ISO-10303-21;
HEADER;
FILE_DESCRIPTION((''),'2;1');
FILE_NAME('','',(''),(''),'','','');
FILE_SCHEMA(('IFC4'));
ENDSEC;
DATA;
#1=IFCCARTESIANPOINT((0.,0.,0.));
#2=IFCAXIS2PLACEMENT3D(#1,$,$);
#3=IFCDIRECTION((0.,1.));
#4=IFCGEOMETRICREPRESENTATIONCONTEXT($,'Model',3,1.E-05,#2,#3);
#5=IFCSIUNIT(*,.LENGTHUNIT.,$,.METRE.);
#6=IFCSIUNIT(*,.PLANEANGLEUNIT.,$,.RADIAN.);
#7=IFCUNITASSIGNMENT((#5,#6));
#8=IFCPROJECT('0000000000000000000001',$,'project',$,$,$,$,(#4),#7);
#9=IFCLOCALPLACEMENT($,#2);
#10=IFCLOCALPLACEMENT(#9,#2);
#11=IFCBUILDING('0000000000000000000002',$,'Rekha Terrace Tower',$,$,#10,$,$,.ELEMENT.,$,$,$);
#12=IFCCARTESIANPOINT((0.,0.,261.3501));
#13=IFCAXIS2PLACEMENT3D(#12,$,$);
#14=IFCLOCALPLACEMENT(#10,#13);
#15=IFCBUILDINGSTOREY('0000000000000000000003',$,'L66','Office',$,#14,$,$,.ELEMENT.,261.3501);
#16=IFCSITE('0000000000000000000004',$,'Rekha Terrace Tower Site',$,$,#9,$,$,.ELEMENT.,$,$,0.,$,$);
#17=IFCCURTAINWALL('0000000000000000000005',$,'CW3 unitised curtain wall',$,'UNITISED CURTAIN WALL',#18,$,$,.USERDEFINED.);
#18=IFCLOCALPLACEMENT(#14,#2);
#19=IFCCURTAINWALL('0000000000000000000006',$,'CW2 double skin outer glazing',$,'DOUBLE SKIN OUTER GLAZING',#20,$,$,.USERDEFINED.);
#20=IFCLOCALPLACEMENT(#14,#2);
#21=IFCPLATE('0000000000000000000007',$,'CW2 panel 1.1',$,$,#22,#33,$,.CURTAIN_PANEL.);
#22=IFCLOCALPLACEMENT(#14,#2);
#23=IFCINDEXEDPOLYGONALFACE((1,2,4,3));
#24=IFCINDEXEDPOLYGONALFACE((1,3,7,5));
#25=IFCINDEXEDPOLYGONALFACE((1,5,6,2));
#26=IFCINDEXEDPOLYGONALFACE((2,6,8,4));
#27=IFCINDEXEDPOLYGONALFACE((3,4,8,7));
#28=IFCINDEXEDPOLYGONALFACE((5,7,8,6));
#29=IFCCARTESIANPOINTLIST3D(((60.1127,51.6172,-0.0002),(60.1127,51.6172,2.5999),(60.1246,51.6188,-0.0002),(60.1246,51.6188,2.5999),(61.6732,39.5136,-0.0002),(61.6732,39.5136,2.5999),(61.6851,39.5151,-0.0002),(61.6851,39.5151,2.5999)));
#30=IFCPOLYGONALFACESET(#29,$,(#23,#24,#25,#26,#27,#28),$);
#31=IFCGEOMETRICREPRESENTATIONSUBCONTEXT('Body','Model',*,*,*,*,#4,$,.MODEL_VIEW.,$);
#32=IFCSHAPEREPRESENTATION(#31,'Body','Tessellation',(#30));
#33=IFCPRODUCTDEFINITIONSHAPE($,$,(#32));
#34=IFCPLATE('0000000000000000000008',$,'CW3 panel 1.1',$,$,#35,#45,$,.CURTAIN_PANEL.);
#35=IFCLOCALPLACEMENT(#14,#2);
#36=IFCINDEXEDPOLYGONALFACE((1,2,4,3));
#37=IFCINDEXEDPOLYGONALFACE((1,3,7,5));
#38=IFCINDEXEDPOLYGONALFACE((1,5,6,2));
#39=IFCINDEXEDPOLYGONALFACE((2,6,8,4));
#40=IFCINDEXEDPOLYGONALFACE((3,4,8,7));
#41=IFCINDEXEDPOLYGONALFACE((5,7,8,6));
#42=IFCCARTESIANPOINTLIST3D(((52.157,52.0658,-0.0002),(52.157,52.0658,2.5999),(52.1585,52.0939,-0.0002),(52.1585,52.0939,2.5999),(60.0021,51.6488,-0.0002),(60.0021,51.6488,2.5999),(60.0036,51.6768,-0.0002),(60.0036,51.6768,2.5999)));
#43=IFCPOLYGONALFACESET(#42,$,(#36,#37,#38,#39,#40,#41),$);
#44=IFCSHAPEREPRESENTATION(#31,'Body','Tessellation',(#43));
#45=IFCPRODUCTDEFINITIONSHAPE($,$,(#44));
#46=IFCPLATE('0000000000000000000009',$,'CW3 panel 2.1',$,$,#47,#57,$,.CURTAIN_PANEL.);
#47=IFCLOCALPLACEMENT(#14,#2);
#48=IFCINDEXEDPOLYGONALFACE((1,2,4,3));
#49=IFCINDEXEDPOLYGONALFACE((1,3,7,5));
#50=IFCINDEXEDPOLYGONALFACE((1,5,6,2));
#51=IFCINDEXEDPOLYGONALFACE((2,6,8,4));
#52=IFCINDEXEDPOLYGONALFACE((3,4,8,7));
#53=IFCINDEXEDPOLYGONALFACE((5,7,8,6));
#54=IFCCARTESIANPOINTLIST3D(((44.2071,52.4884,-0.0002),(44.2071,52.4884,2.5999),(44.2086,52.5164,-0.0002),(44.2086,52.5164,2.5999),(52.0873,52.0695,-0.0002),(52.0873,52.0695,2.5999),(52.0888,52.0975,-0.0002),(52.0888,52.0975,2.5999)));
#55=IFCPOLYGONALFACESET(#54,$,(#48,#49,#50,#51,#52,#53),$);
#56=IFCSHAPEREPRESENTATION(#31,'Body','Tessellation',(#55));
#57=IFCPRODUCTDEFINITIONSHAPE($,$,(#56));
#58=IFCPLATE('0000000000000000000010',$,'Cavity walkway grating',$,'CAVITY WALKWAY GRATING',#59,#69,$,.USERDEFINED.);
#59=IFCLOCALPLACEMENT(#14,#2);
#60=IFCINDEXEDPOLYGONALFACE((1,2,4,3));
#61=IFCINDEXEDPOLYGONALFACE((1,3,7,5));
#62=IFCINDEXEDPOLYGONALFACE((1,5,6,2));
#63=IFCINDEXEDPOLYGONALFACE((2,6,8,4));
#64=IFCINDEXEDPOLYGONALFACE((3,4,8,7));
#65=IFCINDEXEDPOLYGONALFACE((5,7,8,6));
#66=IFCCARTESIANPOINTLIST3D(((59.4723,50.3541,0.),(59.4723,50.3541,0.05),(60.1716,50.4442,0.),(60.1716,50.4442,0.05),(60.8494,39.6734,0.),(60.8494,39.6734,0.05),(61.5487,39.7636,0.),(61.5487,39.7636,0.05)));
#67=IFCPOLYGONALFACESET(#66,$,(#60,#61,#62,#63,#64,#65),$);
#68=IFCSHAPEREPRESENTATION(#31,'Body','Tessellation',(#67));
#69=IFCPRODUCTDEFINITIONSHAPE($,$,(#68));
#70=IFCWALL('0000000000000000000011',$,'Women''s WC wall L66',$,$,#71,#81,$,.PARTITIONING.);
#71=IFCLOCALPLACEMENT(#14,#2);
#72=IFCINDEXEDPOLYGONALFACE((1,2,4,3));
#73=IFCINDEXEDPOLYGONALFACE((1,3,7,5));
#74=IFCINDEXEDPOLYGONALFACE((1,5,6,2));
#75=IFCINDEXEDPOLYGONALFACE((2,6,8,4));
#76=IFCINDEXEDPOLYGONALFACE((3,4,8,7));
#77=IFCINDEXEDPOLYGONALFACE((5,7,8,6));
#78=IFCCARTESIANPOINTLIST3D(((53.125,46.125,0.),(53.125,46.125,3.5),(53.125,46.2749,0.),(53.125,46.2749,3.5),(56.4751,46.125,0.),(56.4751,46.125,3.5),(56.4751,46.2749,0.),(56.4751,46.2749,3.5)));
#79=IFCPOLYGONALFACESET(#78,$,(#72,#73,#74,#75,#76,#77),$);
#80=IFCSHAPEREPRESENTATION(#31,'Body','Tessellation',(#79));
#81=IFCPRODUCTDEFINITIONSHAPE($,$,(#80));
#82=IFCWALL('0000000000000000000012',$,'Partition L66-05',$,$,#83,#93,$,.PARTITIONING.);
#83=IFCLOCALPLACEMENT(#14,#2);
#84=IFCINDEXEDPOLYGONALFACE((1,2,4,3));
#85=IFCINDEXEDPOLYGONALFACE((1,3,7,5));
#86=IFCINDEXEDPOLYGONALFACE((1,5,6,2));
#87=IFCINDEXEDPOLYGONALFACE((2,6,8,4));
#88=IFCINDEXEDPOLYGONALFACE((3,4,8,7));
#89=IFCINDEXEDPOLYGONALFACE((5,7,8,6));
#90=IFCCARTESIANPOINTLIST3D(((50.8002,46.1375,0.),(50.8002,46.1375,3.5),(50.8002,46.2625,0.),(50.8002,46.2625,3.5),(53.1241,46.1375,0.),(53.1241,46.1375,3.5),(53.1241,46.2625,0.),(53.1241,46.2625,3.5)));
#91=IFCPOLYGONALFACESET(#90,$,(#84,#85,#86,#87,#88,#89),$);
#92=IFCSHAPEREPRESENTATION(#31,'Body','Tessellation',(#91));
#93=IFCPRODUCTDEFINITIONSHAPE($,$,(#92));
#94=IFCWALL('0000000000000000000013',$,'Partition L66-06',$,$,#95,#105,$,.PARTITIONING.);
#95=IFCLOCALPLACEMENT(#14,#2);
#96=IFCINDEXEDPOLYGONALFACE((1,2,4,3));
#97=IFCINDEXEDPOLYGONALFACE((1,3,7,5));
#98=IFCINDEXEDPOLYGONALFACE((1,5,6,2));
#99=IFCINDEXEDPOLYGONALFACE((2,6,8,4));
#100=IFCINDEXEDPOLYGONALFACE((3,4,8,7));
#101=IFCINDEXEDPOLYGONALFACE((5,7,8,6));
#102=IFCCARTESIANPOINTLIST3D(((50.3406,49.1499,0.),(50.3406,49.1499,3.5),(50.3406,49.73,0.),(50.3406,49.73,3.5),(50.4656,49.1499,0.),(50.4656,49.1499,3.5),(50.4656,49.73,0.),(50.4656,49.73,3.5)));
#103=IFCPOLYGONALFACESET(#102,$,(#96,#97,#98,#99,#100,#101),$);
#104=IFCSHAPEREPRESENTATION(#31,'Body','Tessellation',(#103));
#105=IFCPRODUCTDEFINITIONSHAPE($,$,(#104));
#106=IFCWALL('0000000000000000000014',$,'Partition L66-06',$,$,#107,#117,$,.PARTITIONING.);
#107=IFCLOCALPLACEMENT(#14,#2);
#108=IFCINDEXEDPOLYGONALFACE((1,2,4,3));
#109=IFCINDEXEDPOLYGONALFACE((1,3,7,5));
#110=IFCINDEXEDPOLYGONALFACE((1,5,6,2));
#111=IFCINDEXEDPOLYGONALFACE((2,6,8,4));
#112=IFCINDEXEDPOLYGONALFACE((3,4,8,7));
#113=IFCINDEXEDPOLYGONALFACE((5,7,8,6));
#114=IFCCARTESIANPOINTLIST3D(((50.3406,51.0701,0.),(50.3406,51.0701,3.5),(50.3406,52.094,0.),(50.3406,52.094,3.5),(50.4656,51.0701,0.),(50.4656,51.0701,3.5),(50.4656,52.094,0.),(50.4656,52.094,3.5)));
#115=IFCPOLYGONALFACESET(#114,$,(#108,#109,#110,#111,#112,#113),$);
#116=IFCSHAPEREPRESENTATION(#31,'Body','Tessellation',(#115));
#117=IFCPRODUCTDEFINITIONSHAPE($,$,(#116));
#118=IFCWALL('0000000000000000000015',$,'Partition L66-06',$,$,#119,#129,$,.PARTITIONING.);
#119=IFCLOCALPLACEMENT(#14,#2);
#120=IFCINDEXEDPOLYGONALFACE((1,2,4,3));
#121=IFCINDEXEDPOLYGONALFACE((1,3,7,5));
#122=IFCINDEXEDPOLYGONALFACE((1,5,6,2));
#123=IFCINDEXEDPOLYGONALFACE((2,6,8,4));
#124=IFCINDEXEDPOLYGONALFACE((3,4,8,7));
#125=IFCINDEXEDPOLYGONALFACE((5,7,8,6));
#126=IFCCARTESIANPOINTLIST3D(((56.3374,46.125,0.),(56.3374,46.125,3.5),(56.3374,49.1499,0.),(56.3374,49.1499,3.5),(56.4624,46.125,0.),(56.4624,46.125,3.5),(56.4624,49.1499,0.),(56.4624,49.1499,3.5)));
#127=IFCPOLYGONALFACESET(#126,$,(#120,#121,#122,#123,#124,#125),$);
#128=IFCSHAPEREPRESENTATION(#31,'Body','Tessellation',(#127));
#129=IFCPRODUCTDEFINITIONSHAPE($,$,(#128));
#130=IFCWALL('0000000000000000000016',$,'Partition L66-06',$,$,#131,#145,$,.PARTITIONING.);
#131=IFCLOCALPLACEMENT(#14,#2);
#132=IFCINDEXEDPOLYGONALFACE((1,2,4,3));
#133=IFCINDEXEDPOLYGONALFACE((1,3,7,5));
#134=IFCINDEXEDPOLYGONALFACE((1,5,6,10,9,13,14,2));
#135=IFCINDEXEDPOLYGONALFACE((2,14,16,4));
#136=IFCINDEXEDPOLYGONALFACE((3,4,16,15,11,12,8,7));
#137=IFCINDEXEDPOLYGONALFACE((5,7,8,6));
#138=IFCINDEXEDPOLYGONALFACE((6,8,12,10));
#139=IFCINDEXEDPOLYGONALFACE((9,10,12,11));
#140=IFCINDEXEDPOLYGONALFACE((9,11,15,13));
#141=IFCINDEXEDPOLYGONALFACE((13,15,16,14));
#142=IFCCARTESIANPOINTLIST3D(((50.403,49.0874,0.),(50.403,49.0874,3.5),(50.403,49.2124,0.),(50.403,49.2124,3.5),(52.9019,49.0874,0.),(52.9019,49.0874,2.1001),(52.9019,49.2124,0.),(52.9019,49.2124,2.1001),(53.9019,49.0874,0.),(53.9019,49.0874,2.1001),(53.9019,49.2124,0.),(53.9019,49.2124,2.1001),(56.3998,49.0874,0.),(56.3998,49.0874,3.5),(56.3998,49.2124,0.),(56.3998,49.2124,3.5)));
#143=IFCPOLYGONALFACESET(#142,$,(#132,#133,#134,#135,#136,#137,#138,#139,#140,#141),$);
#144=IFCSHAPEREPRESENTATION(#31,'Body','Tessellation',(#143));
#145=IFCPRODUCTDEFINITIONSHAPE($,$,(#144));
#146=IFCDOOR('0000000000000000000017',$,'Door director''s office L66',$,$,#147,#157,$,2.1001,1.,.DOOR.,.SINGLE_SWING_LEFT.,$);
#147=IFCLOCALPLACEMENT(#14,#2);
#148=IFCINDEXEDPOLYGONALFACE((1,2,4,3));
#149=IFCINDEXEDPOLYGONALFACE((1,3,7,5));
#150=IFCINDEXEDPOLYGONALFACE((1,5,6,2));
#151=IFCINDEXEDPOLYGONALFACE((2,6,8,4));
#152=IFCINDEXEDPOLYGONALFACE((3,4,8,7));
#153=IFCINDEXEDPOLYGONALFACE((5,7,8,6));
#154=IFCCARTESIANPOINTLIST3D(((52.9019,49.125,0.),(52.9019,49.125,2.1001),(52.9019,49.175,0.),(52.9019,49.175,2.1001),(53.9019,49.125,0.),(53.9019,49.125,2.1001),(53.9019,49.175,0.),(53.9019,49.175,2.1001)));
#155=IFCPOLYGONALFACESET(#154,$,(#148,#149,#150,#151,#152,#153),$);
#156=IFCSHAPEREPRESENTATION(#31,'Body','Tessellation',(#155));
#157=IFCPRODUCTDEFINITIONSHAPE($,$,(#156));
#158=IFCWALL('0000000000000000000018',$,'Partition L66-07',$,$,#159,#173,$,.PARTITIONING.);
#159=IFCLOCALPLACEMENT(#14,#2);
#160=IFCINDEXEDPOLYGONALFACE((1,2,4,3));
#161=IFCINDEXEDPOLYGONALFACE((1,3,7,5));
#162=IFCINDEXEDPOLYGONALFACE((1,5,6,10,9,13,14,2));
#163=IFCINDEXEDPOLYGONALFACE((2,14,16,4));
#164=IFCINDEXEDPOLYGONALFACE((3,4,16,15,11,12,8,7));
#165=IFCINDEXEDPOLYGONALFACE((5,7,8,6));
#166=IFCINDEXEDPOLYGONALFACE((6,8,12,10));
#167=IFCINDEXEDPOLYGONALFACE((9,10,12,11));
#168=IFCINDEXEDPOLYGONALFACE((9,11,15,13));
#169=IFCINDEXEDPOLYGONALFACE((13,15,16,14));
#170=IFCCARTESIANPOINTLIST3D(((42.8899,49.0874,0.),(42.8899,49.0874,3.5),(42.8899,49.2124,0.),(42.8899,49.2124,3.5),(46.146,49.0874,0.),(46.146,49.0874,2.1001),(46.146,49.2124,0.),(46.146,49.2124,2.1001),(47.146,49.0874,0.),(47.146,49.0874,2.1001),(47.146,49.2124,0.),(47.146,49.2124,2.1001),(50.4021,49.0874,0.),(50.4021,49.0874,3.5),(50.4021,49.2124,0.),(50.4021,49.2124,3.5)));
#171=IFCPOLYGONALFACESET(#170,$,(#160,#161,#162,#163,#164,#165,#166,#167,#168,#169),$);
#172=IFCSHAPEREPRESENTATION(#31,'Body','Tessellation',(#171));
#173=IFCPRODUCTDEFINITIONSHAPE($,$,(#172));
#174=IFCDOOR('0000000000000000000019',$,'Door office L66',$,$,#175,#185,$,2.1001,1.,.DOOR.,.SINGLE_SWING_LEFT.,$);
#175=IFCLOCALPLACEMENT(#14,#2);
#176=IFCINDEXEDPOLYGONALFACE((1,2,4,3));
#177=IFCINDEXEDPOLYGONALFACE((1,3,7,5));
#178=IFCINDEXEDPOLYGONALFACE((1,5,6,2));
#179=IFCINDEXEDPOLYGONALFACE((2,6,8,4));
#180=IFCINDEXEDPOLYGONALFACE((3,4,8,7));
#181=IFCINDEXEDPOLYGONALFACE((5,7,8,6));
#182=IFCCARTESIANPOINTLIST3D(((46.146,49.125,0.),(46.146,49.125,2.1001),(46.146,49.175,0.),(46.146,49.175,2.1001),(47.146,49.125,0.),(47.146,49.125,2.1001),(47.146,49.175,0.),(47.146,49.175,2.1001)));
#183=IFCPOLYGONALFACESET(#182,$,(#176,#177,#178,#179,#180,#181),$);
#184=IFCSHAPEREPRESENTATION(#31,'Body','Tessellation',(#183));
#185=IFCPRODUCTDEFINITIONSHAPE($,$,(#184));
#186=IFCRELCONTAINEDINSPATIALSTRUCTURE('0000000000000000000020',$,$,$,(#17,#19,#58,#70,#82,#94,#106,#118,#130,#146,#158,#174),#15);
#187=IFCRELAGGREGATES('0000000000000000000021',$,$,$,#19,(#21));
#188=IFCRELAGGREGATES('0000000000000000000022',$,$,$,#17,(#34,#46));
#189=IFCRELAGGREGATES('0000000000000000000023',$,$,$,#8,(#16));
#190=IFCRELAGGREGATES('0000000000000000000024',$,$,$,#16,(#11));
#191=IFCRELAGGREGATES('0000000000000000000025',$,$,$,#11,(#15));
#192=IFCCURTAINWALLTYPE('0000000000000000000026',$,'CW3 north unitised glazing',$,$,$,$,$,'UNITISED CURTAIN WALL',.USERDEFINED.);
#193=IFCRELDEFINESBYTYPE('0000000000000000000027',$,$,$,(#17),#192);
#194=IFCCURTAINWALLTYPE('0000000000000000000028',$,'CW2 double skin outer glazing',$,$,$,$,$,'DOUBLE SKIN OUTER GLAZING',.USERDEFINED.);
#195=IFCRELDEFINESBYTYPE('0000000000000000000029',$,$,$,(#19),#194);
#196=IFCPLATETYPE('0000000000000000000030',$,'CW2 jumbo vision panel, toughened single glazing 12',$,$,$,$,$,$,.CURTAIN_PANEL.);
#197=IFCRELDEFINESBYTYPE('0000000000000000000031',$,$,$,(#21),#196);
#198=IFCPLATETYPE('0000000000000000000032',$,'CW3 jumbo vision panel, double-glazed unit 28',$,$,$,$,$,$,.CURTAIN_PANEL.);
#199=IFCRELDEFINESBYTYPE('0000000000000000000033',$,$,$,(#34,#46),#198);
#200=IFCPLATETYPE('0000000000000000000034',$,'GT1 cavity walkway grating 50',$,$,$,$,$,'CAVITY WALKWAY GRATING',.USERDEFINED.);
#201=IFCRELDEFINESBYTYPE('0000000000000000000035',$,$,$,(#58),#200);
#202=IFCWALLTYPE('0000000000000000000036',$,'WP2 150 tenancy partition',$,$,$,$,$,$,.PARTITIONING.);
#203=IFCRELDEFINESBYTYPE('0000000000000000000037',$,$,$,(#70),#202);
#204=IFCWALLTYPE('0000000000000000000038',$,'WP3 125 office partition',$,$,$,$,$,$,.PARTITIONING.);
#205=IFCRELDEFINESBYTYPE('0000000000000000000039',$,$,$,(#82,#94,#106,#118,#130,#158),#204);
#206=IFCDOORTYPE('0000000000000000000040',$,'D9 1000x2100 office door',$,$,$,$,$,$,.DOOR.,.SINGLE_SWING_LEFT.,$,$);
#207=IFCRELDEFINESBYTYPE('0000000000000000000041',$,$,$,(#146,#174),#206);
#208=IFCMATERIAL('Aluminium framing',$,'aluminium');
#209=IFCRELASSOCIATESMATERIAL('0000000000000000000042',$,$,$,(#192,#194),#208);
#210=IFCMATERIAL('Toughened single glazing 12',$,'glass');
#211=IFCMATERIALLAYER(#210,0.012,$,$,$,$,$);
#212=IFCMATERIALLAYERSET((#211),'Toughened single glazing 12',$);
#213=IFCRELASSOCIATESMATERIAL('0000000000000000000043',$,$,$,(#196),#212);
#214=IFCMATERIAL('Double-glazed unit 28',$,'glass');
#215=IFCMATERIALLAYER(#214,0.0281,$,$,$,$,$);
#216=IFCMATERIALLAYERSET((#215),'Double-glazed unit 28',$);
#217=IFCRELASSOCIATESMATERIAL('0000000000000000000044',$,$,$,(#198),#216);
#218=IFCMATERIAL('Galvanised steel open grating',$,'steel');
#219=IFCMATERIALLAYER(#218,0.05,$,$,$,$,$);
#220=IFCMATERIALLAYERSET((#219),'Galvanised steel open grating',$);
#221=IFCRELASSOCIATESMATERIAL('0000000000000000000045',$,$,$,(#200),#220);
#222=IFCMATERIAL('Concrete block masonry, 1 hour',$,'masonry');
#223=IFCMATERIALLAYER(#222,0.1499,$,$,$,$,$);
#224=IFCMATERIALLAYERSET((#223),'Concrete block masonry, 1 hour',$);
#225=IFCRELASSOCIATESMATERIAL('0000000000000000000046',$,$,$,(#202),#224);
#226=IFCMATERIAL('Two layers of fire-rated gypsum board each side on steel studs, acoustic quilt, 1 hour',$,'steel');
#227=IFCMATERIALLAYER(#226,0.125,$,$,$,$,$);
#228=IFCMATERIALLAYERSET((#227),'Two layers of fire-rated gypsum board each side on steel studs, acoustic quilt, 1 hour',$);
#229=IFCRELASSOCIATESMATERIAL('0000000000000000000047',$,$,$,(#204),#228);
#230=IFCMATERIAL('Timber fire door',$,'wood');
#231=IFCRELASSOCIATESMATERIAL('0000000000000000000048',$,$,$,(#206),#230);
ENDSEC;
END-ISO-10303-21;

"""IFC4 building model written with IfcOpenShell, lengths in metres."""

from ifc_helpers import new_model, si_unit, direction, frame, frame_2d, origin, origin_2d, place, context, subcontext, project, spatial, rectangle, extrude, material, layer, layer_set, type_object, element, fill, aggregate, save


model = new_model("IFC4")

# Units and contexts
model_context = context("Model", 3, precision=1e-05, world=origin(), true_north=direction((0.0, 1.0)))
body_context = subcontext(model_context, "Body", "Model", "MODEL_VIEW")
ifc_project = project(units=[si_unit("LENGTHUNIT", "METRE"), si_unit("PLANEANGLEUNIT", "RADIAN")], contexts=[model_context])

# Site, building, storey
site_placement = place(None, origin())
site = spatial("IfcSite", under=ifc_project, at=site_placement, Name="Rekha Terrace Tower Site", CompositionType="ELEMENT", RefElevation=0.0)
building_placement = place(site_placement, origin())
building = spatial("IfcBuilding", under=site, at=building_placement, Name="Rekha Terrace Tower", CompositionType="ELEMENT")
storey_placement = place(building_placement, frame((0.0, 0.0, 261.3501)))
storey = spatial("IfcBuildingStorey", under=building, at=storey_placement, Name="L66", Description="Office", CompositionType="ELEMENT", Elevation=261.3501)

# Curtain walls
ifc_material_1 = material(Name="Aluminium framing", Category="aluminium")
curtain_wall_type_1 = type_object("IfcCurtainWallType", Name="CW3 north unitised glazing", ElementType="UNITISED CURTAIN WALL", PredefinedType="USERDEFINED", material=ifc_material_1)
curtain_wall_1_placement = place(storey_placement, origin())
curtain_wall_1 = element("IfcCurtainWall", 1, at=curtain_wall_1_placement, inside=storey, type_object=curtain_wall_type_1, Name="CW3 unitised curtain wall", ObjectType="UNITISED CURTAIN WALL", PredefinedType="USERDEFINED")
curtain_wall_type_2 = type_object("IfcCurtainWallType", Name="CW2 double skin outer glazing", ElementType="DOUBLE SKIN OUTER GLAZING", PredefinedType="USERDEFINED", material=ifc_material_1)
curtain_wall_2_placement = place(storey_placement, origin())
curtain_wall_2 = element("IfcCurtainWall", 2, at=curtain_wall_2_placement, inside=storey, type_object=curtain_wall_type_2, Name="CW2 double skin outer glazing", ObjectType="DOUBLE SKIN OUTER GLAZING", PredefinedType="USERDEFINED")

# Plates
ifc_material_2 = material(Name="Toughened single glazing 12", Category="glass")
ifc_layer_1 = layer(ifc_material_2, 0.012)
ifc_layer_set_1 = layer_set([ifc_layer_1], Name="Toughened single glazing 12")
plate_type_1 = type_object("IfcPlateType", Name="CW2 jumbo vision panel, toughened single glazing 12", PredefinedType="CURTAIN_PANEL", material=ifc_layer_set_1)
plate_1_placement = place(storey_placement, frame((60.8989, 45.5662, -0.0002), z_axis=(0.0, 0.0, 1.0), x_axis=(-0.12787, 0.991791, 0.0)))
plate_1 = element("IfcPlate", 3, at=plate_1_placement, type_object=plate_type_1, Name="CW2 panel 1.1", PredefinedType="CURTAIN_PANEL", context=body_context, shape_type="SweptSolid", body=[
    extrude(rectangle(XDim=12.2039, YDim=0.012, at=origin_2d()), origin(), (0.0, 0.0, 1.0), 2.6001),
])
aggregate(curtain_wall_2, [plate_1])
ifc_material_3 = material(Name="Double-glazed unit 28", Category="glass")
ifc_layer_2 = layer(ifc_material_3, 0.0281)
ifc_layer_set_2 = layer_set([ifc_layer_2], Name="Double-glazed unit 28")
plate_type_2 = type_object("IfcPlateType", Name="CW3 jumbo vision panel, double-glazed unit 28", PredefinedType="CURTAIN_PANEL", material=ifc_layer_set_2)
plate_2_placement = place(storey_placement, frame((56.0803, 51.8713, -0.0002), z_axis=(0.0, 0.0, 1.0), x_axis=(-0.99859, 0.053083, 0.0)))
plate_2 = element("IfcPlate", 4, at=plate_2_placement, type_object=plate_type_2, Name="CW3 panel 1.1", PredefinedType="CURTAIN_PANEL", context=body_context, shape_type="SweptSolid", body=[
    extrude(rectangle(XDim=7.8562, YDim=0.0281, at=origin_2d()), origin(), (0.0, 0.0, 1.0), 2.6001),
])
plate_3_placement = place(storey_placement, frame((48.1479, 52.293, -0.0002), z_axis=(0.0, 0.0, 1.0), x_axis=(-0.99859, 0.053083, 0.0)))
plate_3 = element("IfcPlate", 5, at=plate_3_placement, type_object=plate_type_2, Name="CW3 panel 2.1", PredefinedType="CURTAIN_PANEL", context=body_context, shape_type="SweptSolid", body=[
    extrude(rectangle(XDim=7.8914, YDim=0.0281, at=origin_2d()), origin(), (0.0, 0.0, 1.0), 2.6001),
])
aggregate(curtain_wall_1, [plate_2, plate_3])
ifc_material_4 = material(Name="Galvanised steel open grating", Category="steel")
ifc_layer_3 = layer(ifc_material_4, 0.05)
ifc_layer_set_3 = layer_set([ifc_layer_3], Name="Galvanised steel open grating")
plate_type_3 = type_object("IfcPlateType", Name="GT1 cavity walkway grating 50", ElementType="CAVITY WALKWAY GRATING", PredefinedType="USERDEFINED", material=ifc_layer_set_3)
plate_4_placement = place(storey_placement, frame((60.5105, 45.0588, 0.0), z_axis=(0.0, 0.0, 1.0), x_axis=(-0.12787, 0.991791, 0.0)))
element("IfcPlate", 6, at=plate_4_placement, inside=storey, type_object=plate_type_3, Name="Cavity walkway grating", ObjectType="CAVITY WALKWAY GRATING", PredefinedType="USERDEFINED", context=body_context, shape_type="SweptSolid", body=[
    extrude(rectangle(XDim=10.769, YDim=0.7051, at=origin_2d()), origin(), (0.0, 0.0, 1.0), 0.05),
])

# Walls
ifc_material_5 = material(Name="Concrete block masonry, 1 hour", Category="masonry")
ifc_layer_4 = layer(ifc_material_5, 0.1499)
ifc_layer_set_4 = layer_set([ifc_layer_4], Name="Concrete block masonry, 1 hour")
wall_type_1 = type_object("IfcWallType", Name="WP2 150 tenancy partition", PredefinedType="PARTITIONING", material=ifc_layer_set_4)
wall_1_placement = place(storey_placement, frame((53.125, 46.2, 0.0), z_axis=(0.0, 0.0, 1.0), x_axis=(1.0, 0.0, 0.0)))
element("IfcWall", 7, at=wall_1_placement, inside=storey, type_object=wall_type_1, Name="Women's WC wall L66", PredefinedType="PARTITIONING", context=body_context, shape_type="SweptSolid", body=[
    extrude(rectangle(XDim=3.3501, YDim=0.1499, at=frame_2d((1.675, 0.0))), origin(), (0.0, 0.0, 1.0), 3.5),
])
ifc_material_6 = material(Name="Two layers of fire-rated gypsum board each side on steel studs, acoustic quilt, 1 hour", Category="steel")
ifc_layer_5 = layer(ifc_material_6, 0.125)
ifc_layer_set_5 = layer_set([ifc_layer_5], Name="Two layers of fire-rated gypsum board each side on steel studs, acoustic quilt, 1 hour")
wall_type_2 = type_object("IfcWallType", Name="WP3 125 office partition", PredefinedType="PARTITIONING", material=ifc_layer_set_5)
wall_2_placement = place(storey_placement, frame((50.8, 46.2, 0.0), z_axis=(0.0, 0.0, 1.0), x_axis=(1.0, 0.0, 0.0)))
element("IfcWall", 8, at=wall_2_placement, inside=storey, type_object=wall_type_2, Name="Partition L66-05", PredefinedType="PARTITIONING", context=body_context, shape_type="SweptSolid", body=[
    extrude(rectangle(XDim=2.324, YDim=0.125, at=frame_2d((1.1621, 0.0))), origin(), (0.0, 0.0, 1.0), 3.5),
])
wall_3_placement = place(storey_placement, frame((50.4031, 49.1499, 0.0), z_axis=(0.0, 0.0, 1.0), x_axis=(0.0, 1.0, 0.0)))
element("IfcWall", 9, at=wall_3_placement, inside=storey, type_object=wall_type_2, Name="Partition L66-06", PredefinedType="PARTITIONING", context=body_context, shape_type="SweptSolid", body=[
    extrude(rectangle(XDim=0.5801, YDim=0.125, at=frame_2d((0.29, 0.0))), origin(), (0.0, 0.0, 1.0), 3.5),
])
wall_4_placement = place(storey_placement, frame((50.4031, 51.0701, 0.0), z_axis=(0.0, 0.0, 1.0), x_axis=(0.0, 1.0, 0.0)))
element("IfcWall", 10, at=wall_4_placement, inside=storey, type_object=wall_type_2, Name="Partition L66-06", PredefinedType="PARTITIONING", context=body_context, shape_type="SweptSolid", body=[
    extrude(rectangle(XDim=1.0239, YDim=0.125, at=frame_2d((0.512, 0.0))), origin(), (0.0, 0.0, 1.0), 3.5),
])
wall_5_placement = place(storey_placement, frame((56.3999, 46.125, 0.0), z_axis=(0.0, 0.0, 1.0), x_axis=(0.0, 1.0, 0.0)))
element("IfcWall", 11, at=wall_5_placement, inside=storey, type_object=wall_type_2, Name="Partition L66-06", PredefinedType="PARTITIONING", context=body_context, shape_type="SweptSolid", body=[
    extrude(rectangle(XDim=3.0249, YDim=0.125, at=frame_2d((1.5125, 0.0))), origin(), (0.0, 0.0, 1.0), 3.5),
])

# Walls, openings, doors
wall_6_placement = place(storey_placement, frame((56.3999, 49.1499, 0.0), z_axis=(0.0, 0.0, 1.0), x_axis=(-1.0, 0.0, 0.0)))
wall_6 = element("IfcWall", 12, at=wall_6_placement, inside=storey, type_object=wall_type_2, Name="Partition L66-06", PredefinedType="PARTITIONING", context=body_context, shape_type="SweptSolid", body=[
    extrude(rectangle(XDim=5.9968, YDim=0.125, at=frame_2d((2.9985, 0.0))), origin(), (0.0, 0.0, 1.0), 3.5),
])
opening_1_placement = place(wall_6_placement, frame((2.498, 0.0, 0.0)))
opening_1 = element("IfcOpeningElement", 13, at=opening_1_placement, cuts=wall_6, PredefinedType="OPENING", context=body_context, shape_type="SweptSolid", body=[
    extrude(rectangle(XDim=1.0, YDim=2.1001, at=frame_2d((0.5, 1.05))), frame((0.0, 0.0725, 0.0), z_axis=(0.0, -1.0, 0.0), x_axis=(1.0, 0.0, 0.0)), (0.0, 0.0, 1.0), 0.145),
])
ifc_material_7 = material(Name="Timber fire door", Category="wood")
door_type = type_object("IfcDoorType", Name="D9 1000x2100 office door", OperationType="SINGLE_SWING_LEFT", PredefinedType="DOOR", material=ifc_material_7)
door_1_placement = place(opening_1_placement, origin())
door_1 = element("IfcDoor", 14, at=door_1_placement, inside=storey, type_object=door_type, Name="Door director's office L66", OperationType="SINGLE_SWING_LEFT", OverallHeight=2.1001, OverallWidth=1.0, PredefinedType="DOOR", context=body_context, shape_type="SweptSolid", body=[
    extrude(rectangle(XDim=1.0, YDim=2.1001, at=frame_2d((0.5, 1.05))), frame((0.0, 0.0249, 0.0), z_axis=(0.0, -1.0, 0.0), x_axis=(1.0, 0.0, 0.0)), (0.0, 0.0, 1.0), 0.05),
])
fill(opening_1, door_1)
wall_7_placement = place(storey_placement, frame((50.4021, 49.1499, 0.0), z_axis=(0.0, 0.0, 1.0), x_axis=(-1.0, 0.0, 0.0)))
wall_7 = element("IfcWall", 15, at=wall_7_placement, inside=storey, type_object=wall_type_2, Name="Partition L66-07", PredefinedType="PARTITIONING", context=body_context, shape_type="SweptSolid", body=[
    extrude(rectangle(XDim=7.5122, YDim=0.125, at=frame_2d((3.7561, 0.0))), origin(), (0.0, 0.0, 1.0), 3.5),
])
opening_2_placement = place(wall_7_placement, frame((3.2561, 0.0, 0.0)))
opening_2 = element("IfcOpeningElement", 16, at=opening_2_placement, cuts=wall_7, PredefinedType="OPENING", context=body_context, shape_type="SweptSolid", body=[
    extrude(rectangle(XDim=1.0, YDim=2.1001, at=frame_2d((0.5, 1.05))), frame((0.0, 0.0725, 0.0), z_axis=(0.0, -1.0, 0.0), x_axis=(1.0, 0.0, 0.0)), (0.0, 0.0, 1.0), 0.145),
])
door_2_placement = place(opening_2_placement, origin())
door_2 = element("IfcDoor", 17, at=door_2_placement, inside=storey, type_object=door_type, Name="Door office L66", OperationType="SINGLE_SWING_LEFT", OverallHeight=2.1001, OverallWidth=1.0, PredefinedType="DOOR", context=body_context, shape_type="SweptSolid", body=[
    extrude(rectangle(XDim=1.0, YDim=2.1001, at=frame_2d((0.5, 1.05))), frame((0.0, 0.0249, 0.0), z_axis=(0.0, -1.0, 0.0), x_axis=(1.0, 0.0, 0.0)), (0.0, 0.0, 1.0), 0.05),
])
fill(opening_2, door_2)

save(model, "model.ifc")
